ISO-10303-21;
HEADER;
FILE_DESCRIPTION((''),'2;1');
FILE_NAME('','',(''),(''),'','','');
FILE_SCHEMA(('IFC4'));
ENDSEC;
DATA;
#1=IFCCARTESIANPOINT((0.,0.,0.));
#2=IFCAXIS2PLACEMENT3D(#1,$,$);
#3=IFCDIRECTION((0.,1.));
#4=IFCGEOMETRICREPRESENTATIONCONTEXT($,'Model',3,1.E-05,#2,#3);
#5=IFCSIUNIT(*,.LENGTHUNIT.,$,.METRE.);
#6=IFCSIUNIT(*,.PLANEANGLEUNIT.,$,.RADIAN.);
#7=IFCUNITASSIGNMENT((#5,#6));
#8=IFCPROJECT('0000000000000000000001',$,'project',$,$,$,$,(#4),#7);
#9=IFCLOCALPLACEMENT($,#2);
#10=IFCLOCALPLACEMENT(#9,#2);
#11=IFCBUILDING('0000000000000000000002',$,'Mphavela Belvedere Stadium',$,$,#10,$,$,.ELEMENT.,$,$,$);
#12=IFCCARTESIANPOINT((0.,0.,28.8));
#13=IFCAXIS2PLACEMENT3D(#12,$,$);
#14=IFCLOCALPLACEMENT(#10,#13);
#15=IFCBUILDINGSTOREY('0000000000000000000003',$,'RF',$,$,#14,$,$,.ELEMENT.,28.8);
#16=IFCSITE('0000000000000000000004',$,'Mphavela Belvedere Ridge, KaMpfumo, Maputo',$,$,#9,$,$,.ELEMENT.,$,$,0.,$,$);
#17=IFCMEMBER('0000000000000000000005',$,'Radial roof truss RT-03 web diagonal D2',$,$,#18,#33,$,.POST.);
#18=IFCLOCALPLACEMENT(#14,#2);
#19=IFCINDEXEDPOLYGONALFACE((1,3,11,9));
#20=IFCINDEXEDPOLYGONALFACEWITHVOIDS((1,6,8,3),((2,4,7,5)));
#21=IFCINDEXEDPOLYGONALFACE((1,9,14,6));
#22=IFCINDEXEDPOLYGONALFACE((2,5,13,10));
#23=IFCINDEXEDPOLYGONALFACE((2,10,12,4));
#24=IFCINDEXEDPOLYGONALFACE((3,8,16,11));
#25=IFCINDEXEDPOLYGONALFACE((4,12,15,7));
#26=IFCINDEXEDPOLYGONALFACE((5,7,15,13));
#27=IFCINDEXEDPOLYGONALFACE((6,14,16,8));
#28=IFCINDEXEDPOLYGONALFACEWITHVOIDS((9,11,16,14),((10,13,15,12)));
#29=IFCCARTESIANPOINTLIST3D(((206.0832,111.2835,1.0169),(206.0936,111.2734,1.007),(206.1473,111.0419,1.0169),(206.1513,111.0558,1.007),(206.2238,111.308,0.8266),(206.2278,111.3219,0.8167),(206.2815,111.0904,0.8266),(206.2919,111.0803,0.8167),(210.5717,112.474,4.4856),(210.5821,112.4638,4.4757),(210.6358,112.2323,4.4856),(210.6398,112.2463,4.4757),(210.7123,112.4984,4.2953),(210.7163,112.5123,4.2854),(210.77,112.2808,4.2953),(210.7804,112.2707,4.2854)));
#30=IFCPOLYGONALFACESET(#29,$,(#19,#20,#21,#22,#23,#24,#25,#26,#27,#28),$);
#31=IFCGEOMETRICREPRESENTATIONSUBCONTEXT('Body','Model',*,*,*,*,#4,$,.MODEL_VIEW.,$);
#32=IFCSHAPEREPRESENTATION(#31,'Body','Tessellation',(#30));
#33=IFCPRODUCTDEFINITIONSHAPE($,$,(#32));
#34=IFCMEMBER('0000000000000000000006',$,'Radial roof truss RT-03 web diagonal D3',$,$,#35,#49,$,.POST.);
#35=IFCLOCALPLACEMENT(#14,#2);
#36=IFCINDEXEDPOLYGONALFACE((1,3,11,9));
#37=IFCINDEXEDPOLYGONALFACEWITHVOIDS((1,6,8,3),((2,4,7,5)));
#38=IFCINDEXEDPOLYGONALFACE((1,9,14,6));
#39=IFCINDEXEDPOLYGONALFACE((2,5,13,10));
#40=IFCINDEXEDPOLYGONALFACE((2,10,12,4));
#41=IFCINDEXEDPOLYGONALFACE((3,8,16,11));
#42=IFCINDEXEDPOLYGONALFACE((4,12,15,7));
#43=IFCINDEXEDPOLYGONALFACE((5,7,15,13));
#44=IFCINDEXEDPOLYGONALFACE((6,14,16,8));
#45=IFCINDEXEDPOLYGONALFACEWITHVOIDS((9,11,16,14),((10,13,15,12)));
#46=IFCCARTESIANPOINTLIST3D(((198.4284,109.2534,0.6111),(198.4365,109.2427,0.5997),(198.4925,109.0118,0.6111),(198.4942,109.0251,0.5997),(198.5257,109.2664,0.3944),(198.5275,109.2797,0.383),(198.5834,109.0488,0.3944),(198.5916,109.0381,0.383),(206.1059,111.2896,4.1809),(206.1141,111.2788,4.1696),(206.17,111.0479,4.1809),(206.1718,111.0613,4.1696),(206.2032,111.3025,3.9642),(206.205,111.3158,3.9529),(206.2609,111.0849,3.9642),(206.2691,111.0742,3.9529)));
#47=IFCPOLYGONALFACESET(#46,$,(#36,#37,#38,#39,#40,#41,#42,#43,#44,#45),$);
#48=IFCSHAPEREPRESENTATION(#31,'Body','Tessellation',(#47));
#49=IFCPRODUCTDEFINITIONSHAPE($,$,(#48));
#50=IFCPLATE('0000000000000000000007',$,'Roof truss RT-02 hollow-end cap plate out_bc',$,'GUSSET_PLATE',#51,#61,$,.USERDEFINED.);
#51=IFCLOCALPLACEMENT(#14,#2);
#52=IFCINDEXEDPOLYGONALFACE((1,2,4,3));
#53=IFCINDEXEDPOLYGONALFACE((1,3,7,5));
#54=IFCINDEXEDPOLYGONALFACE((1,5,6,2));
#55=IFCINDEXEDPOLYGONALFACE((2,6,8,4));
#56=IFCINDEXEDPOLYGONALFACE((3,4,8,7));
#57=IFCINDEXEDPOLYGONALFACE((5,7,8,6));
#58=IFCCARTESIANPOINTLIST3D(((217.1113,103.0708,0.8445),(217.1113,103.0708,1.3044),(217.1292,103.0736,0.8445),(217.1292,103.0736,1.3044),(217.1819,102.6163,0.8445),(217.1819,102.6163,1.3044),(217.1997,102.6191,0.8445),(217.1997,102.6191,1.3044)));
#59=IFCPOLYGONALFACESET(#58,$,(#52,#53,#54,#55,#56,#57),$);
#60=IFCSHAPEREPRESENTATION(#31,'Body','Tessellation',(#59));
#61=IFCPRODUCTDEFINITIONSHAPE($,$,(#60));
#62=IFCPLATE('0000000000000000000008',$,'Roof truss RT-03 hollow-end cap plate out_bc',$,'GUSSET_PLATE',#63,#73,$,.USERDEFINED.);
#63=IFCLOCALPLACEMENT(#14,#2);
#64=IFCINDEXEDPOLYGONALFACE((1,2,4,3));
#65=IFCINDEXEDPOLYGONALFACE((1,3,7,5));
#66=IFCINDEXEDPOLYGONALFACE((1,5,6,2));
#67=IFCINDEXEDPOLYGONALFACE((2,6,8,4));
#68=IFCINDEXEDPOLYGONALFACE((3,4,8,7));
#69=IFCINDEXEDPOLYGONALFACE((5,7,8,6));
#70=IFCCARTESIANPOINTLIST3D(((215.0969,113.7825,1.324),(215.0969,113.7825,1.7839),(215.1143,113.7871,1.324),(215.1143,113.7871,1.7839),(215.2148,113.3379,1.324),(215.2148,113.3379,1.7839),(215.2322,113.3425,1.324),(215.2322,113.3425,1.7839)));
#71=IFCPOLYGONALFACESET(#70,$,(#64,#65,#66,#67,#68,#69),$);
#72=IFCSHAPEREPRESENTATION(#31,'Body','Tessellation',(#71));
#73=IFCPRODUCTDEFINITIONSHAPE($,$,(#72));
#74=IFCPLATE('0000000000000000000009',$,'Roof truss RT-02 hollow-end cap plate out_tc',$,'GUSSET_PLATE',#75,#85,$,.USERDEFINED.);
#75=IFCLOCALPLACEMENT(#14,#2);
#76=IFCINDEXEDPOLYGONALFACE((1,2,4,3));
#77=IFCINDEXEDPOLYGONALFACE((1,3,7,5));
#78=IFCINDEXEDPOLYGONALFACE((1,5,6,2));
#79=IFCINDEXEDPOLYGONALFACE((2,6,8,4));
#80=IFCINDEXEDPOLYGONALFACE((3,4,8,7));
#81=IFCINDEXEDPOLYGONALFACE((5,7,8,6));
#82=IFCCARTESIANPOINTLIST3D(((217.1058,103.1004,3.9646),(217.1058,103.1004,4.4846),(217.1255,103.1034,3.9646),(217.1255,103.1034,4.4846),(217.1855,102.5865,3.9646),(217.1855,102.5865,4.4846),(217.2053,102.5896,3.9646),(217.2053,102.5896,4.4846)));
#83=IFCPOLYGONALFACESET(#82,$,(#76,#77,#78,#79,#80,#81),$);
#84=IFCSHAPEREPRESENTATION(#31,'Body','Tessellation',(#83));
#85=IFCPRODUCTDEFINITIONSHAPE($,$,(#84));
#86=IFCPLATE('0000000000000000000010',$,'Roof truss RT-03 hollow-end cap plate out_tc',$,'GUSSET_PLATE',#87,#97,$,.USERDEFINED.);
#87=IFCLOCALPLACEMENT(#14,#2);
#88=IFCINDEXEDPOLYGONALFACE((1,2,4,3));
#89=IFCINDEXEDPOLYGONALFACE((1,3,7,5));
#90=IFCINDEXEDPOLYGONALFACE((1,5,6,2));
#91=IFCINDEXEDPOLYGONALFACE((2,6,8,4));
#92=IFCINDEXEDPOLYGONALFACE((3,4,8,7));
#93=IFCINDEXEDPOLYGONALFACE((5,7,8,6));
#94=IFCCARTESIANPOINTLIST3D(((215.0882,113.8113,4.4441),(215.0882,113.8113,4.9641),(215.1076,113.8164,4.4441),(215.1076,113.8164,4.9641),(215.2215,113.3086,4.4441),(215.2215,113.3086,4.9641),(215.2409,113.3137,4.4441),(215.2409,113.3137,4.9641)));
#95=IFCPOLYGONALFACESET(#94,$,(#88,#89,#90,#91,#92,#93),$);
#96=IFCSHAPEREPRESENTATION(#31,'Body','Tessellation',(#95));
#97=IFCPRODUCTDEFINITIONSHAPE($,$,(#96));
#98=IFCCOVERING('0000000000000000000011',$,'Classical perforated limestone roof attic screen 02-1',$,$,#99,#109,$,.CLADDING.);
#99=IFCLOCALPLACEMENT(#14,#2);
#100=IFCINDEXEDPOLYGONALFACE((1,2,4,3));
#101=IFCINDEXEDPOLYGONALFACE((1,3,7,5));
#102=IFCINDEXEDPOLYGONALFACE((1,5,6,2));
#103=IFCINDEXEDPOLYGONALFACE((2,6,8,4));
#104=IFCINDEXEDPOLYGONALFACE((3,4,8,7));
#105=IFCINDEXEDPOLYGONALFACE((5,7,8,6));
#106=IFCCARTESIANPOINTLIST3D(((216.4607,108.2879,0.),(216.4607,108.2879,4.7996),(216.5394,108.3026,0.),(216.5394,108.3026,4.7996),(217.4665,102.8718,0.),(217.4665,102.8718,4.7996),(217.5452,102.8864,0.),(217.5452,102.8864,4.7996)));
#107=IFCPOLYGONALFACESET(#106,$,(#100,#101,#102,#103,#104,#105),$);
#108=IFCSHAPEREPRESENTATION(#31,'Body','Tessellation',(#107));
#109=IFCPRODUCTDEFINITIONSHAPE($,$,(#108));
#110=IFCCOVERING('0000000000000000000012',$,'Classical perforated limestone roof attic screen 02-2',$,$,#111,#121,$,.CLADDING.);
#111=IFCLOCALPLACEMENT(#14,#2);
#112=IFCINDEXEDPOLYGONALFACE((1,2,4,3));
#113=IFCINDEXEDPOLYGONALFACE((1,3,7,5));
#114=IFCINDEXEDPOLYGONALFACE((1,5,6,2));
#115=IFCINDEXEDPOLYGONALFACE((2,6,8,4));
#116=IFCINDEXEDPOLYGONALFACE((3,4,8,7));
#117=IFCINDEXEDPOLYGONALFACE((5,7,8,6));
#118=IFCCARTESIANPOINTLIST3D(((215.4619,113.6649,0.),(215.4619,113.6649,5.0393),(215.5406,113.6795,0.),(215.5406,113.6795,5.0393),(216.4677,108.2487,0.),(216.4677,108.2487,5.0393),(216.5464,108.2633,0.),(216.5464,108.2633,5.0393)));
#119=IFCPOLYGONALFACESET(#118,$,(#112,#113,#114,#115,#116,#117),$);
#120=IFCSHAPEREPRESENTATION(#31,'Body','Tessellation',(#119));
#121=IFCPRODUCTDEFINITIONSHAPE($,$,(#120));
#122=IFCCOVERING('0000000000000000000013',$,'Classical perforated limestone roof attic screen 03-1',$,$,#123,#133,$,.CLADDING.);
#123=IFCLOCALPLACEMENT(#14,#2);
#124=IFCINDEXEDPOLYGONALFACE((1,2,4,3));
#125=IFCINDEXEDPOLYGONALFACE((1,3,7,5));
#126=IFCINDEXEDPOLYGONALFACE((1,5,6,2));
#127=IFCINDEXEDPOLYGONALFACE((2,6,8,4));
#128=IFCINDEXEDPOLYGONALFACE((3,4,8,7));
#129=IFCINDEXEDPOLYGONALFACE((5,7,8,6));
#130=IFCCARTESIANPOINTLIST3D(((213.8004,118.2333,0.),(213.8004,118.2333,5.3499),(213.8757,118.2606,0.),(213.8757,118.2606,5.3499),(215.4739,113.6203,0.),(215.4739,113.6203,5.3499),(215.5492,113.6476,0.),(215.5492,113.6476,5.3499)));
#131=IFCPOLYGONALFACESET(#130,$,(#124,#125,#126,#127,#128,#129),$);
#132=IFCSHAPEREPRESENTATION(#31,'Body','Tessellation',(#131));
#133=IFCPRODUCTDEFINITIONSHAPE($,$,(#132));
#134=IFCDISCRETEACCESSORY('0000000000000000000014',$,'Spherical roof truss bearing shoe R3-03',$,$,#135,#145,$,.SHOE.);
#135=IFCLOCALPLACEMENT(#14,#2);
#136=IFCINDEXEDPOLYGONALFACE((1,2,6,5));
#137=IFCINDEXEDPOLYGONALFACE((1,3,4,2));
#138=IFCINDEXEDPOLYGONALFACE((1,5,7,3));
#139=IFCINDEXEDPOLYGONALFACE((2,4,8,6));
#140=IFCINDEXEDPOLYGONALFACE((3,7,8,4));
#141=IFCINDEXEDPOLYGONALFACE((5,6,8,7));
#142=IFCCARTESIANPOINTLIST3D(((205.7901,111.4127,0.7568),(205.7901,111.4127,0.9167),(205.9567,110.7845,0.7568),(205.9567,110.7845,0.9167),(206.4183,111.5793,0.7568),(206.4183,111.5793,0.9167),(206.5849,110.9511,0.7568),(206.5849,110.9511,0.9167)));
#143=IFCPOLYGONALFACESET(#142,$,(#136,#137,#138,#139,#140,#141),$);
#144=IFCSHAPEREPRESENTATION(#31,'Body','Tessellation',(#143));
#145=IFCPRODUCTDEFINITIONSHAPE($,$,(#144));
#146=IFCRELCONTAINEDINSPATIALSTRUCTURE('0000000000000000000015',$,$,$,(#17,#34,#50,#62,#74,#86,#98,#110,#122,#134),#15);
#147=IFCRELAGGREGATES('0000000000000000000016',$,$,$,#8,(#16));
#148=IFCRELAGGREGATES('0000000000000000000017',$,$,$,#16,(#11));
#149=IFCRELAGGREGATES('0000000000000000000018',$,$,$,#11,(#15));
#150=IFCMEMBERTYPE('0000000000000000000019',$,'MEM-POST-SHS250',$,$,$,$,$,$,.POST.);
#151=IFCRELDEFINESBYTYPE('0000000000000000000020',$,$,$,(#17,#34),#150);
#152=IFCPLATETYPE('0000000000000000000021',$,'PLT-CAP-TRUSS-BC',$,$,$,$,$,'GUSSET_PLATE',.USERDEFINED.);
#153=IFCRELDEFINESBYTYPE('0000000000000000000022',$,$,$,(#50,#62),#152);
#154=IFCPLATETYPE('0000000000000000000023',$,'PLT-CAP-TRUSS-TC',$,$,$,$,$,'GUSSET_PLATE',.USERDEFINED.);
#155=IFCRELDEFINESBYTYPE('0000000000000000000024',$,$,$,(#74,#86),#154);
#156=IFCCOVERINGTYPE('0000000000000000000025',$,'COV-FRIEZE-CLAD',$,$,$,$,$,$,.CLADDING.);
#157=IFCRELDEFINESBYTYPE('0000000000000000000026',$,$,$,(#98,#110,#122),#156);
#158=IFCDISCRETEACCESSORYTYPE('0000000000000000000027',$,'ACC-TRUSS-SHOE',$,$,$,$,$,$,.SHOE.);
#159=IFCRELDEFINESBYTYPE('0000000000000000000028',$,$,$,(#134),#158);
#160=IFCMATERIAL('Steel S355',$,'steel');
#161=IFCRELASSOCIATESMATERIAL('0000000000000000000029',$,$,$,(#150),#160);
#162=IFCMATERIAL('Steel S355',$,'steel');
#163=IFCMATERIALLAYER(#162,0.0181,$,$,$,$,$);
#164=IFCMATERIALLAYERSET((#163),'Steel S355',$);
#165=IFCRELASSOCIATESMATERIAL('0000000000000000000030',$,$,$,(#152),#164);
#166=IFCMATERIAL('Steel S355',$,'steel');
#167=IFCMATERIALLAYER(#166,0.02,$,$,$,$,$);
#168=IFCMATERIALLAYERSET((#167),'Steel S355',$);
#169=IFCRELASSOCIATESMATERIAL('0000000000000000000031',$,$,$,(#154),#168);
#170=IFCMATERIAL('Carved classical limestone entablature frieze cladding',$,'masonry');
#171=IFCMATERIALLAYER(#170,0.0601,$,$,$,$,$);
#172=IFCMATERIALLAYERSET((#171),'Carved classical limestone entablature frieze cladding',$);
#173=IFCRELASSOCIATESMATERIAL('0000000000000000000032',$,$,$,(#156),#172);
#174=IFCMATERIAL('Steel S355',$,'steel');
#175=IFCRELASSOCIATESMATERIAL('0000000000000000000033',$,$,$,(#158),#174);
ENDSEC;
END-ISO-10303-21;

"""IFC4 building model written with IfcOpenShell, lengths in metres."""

from ifc_helpers import new_model, si_unit, direction, frame, origin, origin_2d, place, context, subcontext, project, spatial, rectangle, hollow_rectangle, extrude, material, layer, layer_set, material_profile, profile_set, type_object, element, save


model = new_model("IFC4")

# Units and contexts
model_context = context("Model", 3, precision=1e-05, world=origin(), true_north=direction((0.0, 1.0)))
body_context = subcontext(model_context, "Body", "Model", "MODEL_VIEW")
ifc_project = project(units=[si_unit("LENGTHUNIT", "METRE"), si_unit("PLANEANGLEUNIT", "RADIAN")], contexts=[model_context])

# Site, building, storey
site_placement = place(None, origin())
site = spatial("IfcSite", under=ifc_project, at=site_placement, Name="Mphavela Belvedere Ridge, KaMpfumo, Maputo", CompositionType="ELEMENT", RefElevation=0.0)
building_placement = place(site_placement, origin())
building = spatial("IfcBuilding", under=site, at=building_placement, Name="Mphavela Belvedere Stadium", CompositionType="ELEMENT")
storey_placement = place(building_placement, frame((0.0, 0.0, 28.8)))
storey = spatial("IfcBuildingStorey", under=building, at=storey_placement, Name="RF", CompositionType="ELEMENT", Elevation=28.8)

# Members
ifc_material_1 = material(Name="Steel S355", Category="steel")
ifc_material_profile_1 = material_profile(ifc_material_1, hollow_rectangle(XDim=0.25, YDim=0.25, WallThickness=0.0125, at=origin_2d()), Name="SHS 250x250x12.5")
ifc_profile_set_1 = profile_set([ifc_material_profile_1], Name="Steel S355")
member_type = type_object("IfcMemberType", Name="MEM-POST-SHS250", PredefinedType="POST", material=ifc_profile_set_1)
member_1_placement = place(storey_placement, frame((210.676, 112.3723, 4.3855), z_axis=(-0.774388, -0.20538, -0.59845), x_axis=(0.256354, -0.966583, 0.0)))
element("IfcMember", 1, at=member_1_placement, inside=storey, type_object=member_type, Name="Radial roof truss RT-03 web diagonal D2", PredefinedType="POST", context=body_context, shape_type="SweptSolid", body=[
    extrude(hollow_rectangle(XDim=0.25, YDim=0.25, WallThickness=0.0125, at=origin_2d()), origin(), (0.0, 0.0, 1.0), 5.7961),
])
member_2_placement = place(storey_placement, frame((206.1875, 111.1819, 4.0669), z_axis=(-0.881636, -0.233817, -0.409937), x_axis=(0.256346, -0.966585, 0.0)))
element("IfcMember", 2, at=member_2_placement, inside=storey, type_object=member_type, Name="Radial roof truss RT-03 web diagonal D3", PredefinedType="POST", context=body_context, shape_type="SweptSolid", body=[
    extrude(hollow_rectangle(XDim=0.25, YDim=0.25, WallThickness=0.0125, at=origin_2d()), origin(), (0.0, 0.0, 1.0), 8.7083),
])

# Plates
ifc_material_2 = material(Name="Steel S355", Category="steel")
ifc_layer_1 = layer(ifc_material_2, 0.0181)
ifc_layer_set_1 = layer_set([ifc_layer_1], Name="Steel S355")
plate_type_1 = type_object("IfcPlateType", Name="PLT-CAP-TRUSS-BC", ElementType="GUSSET_PLATE", PredefinedType="USERDEFINED", material=ifc_layer_set_1)
for number, where, z_axis, x_axis, name in (
    (3, (217.1555, 102.845, 0.8445), (0.0, 0.0, 1.0), (0.988175, 0.153331, 0.0), "Roof truss RT-02 hollow-end cap plate out_bc"),
    (4, (215.1646, 113.5625, 1.324), (0.0, 0.0, 1.0), (0.9666, 0.256289, 0.0), "Roof truss RT-03 hollow-end cap plate out_bc"),
):
    element("IfcPlate", number, at=place(storey_placement, frame(where, z_axis=z_axis, x_axis=x_axis)), inside=storey, type_object=plate_type_1, Name=name, ObjectType="GUSSET_PLATE", PredefinedType="USERDEFINED", context=body_context, shape_type="SweptSolid", body=[
        extrude(rectangle(XDim=0.0181, YDim=0.46, at=origin_2d()), origin(), (0.0, 0.0, 1.0), 0.46),
    ])
ifc_material_3 = material(Name="Steel S355", Category="steel")
ifc_layer_2 = layer(ifc_material_3, 0.02)
ifc_layer_set_2 = layer_set([ifc_layer_2], Name="Steel S355")
plate_type_2 = type_object("IfcPlateType", Name="PLT-CAP-TRUSS-TC", ElementType="GUSSET_PLATE", PredefinedType="USERDEFINED", material=ifc_layer_set_2)
for number, where, z_axis, x_axis, name in (
    (5, (217.1555, 102.845, 3.9646), (0.0, 0.0, 1.0), (0.988175, 0.153331, 0.0), "Roof truss RT-02 hollow-end cap plate out_tc"),
    (6, (215.1646, 113.5625, 4.4441), (0.0, 0.0, 1.0), (0.9666, 0.256289, 0.0), "Roof truss RT-03 hollow-end cap plate out_tc"),
):
    element("IfcPlate", number, at=place(storey_placement, frame(where, z_axis=z_axis, x_axis=x_axis)), inside=storey, type_object=plate_type_2, Name=name, ObjectType="GUSSET_PLATE", PredefinedType="USERDEFINED", context=body_context, shape_type="SweptSolid", body=[
        extrude(rectangle(XDim=0.02, YDim=0.52, at=origin_2d()), origin(), (0.0, 0.0, 1.0), 0.52),
    ])

# Coverings
ifc_material_4 = material(Name="Carved classical limestone entablature frieze cladding", Category="masonry")
ifc_layer_3 = layer(ifc_material_4, 0.0601)
ifc_layer_set_3 = layer_set([ifc_layer_3], Name="Carved classical limestone entablature frieze cladding")
covering_type = type_object("IfcCoveringType", Name="COV-FRIEZE-CLAD", PredefinedType="CLADDING", material=ifc_layer_set_3)
covering_1_placement = place(storey_placement, frame((217.0029, 105.5872, 0.0), z_axis=(0.0, 0.0, 1.0), x_axis=(-0.182579, 0.983191, 0.0)))
element("IfcCovering", 7, at=covering_1_placement, inside=storey, type_object=covering_type, Name="Classical perforated limestone roof attic screen 02-1", PredefinedType="CLADDING", context=body_context, shape_type="SweptSolid", body=[
    extrude(rectangle(XDim=5.5088, YDim=0.0801, at=origin_2d()), origin(), (0.0, 0.0, 1.0), 4.7996),
])
covering_2_placement = place(storey_placement, frame((216.0042, 110.9641, 0.0), z_axis=(0.0, 0.0, 1.0), x_axis=(-0.182579, 0.983191, 0.0)))
element("IfcCovering", 8, at=covering_2_placement, inside=storey, type_object=covering_type, Name="Classical perforated limestone roof attic screen 02-2", PredefinedType="CLADDING", context=body_context, shape_type="SweptSolid", body=[
    extrude(rectangle(XDim=5.5088, YDim=0.0801, at=origin_2d()), origin(), (0.0, 0.0, 1.0), 5.0393),
])
covering_3_placement = place(storey_placement, frame((214.6748, 115.9404, 0.0), z_axis=(0.0, 0.0, 1.0), x_axis=(-0.341036, 0.94005, 0.0)))
element("IfcCovering", 9, at=covering_3_placement, inside=storey, type_object=covering_type, Name="Classical perforated limestone roof attic screen 03-1", PredefinedType="CLADDING", context=body_context, shape_type="SweptSolid", body=[
    extrude(rectangle(XDim=4.9072, YDim=0.0801, at=origin_2d()), origin(), (0.0, 0.0, 1.0), 5.3499),
])

# Discrete accessory
ifc_material_5 = material(Name="Steel S355", Category="steel")
discrete_accessory_type = type_object("IfcDiscreteAccessoryType", Name="ACC-TRUSS-SHOE", PredefinedType="SHOE", material=ifc_material_5)
discrete_accessory_placement = place(storey_placement, frame((206.1875, 111.1819, 0.7568), z_axis=(0.0, 0.0, 1.0), x_axis=(0.9666, 0.256289, 0.0)))
element("IfcDiscreteAccessory", 10, at=discrete_accessory_placement, inside=storey, type_object=discrete_accessory_type, Name="Spherical roof truss bearing shoe R3-03", PredefinedType="SHOE", context=body_context, shape_type="SweptSolid", body=[
    extrude(rectangle(XDim=0.6499, YDim=0.6499, at=origin_2d()), origin(), (0.0, 0.0, 1.0), 0.1599),
])

save(model, "model.ifc")
